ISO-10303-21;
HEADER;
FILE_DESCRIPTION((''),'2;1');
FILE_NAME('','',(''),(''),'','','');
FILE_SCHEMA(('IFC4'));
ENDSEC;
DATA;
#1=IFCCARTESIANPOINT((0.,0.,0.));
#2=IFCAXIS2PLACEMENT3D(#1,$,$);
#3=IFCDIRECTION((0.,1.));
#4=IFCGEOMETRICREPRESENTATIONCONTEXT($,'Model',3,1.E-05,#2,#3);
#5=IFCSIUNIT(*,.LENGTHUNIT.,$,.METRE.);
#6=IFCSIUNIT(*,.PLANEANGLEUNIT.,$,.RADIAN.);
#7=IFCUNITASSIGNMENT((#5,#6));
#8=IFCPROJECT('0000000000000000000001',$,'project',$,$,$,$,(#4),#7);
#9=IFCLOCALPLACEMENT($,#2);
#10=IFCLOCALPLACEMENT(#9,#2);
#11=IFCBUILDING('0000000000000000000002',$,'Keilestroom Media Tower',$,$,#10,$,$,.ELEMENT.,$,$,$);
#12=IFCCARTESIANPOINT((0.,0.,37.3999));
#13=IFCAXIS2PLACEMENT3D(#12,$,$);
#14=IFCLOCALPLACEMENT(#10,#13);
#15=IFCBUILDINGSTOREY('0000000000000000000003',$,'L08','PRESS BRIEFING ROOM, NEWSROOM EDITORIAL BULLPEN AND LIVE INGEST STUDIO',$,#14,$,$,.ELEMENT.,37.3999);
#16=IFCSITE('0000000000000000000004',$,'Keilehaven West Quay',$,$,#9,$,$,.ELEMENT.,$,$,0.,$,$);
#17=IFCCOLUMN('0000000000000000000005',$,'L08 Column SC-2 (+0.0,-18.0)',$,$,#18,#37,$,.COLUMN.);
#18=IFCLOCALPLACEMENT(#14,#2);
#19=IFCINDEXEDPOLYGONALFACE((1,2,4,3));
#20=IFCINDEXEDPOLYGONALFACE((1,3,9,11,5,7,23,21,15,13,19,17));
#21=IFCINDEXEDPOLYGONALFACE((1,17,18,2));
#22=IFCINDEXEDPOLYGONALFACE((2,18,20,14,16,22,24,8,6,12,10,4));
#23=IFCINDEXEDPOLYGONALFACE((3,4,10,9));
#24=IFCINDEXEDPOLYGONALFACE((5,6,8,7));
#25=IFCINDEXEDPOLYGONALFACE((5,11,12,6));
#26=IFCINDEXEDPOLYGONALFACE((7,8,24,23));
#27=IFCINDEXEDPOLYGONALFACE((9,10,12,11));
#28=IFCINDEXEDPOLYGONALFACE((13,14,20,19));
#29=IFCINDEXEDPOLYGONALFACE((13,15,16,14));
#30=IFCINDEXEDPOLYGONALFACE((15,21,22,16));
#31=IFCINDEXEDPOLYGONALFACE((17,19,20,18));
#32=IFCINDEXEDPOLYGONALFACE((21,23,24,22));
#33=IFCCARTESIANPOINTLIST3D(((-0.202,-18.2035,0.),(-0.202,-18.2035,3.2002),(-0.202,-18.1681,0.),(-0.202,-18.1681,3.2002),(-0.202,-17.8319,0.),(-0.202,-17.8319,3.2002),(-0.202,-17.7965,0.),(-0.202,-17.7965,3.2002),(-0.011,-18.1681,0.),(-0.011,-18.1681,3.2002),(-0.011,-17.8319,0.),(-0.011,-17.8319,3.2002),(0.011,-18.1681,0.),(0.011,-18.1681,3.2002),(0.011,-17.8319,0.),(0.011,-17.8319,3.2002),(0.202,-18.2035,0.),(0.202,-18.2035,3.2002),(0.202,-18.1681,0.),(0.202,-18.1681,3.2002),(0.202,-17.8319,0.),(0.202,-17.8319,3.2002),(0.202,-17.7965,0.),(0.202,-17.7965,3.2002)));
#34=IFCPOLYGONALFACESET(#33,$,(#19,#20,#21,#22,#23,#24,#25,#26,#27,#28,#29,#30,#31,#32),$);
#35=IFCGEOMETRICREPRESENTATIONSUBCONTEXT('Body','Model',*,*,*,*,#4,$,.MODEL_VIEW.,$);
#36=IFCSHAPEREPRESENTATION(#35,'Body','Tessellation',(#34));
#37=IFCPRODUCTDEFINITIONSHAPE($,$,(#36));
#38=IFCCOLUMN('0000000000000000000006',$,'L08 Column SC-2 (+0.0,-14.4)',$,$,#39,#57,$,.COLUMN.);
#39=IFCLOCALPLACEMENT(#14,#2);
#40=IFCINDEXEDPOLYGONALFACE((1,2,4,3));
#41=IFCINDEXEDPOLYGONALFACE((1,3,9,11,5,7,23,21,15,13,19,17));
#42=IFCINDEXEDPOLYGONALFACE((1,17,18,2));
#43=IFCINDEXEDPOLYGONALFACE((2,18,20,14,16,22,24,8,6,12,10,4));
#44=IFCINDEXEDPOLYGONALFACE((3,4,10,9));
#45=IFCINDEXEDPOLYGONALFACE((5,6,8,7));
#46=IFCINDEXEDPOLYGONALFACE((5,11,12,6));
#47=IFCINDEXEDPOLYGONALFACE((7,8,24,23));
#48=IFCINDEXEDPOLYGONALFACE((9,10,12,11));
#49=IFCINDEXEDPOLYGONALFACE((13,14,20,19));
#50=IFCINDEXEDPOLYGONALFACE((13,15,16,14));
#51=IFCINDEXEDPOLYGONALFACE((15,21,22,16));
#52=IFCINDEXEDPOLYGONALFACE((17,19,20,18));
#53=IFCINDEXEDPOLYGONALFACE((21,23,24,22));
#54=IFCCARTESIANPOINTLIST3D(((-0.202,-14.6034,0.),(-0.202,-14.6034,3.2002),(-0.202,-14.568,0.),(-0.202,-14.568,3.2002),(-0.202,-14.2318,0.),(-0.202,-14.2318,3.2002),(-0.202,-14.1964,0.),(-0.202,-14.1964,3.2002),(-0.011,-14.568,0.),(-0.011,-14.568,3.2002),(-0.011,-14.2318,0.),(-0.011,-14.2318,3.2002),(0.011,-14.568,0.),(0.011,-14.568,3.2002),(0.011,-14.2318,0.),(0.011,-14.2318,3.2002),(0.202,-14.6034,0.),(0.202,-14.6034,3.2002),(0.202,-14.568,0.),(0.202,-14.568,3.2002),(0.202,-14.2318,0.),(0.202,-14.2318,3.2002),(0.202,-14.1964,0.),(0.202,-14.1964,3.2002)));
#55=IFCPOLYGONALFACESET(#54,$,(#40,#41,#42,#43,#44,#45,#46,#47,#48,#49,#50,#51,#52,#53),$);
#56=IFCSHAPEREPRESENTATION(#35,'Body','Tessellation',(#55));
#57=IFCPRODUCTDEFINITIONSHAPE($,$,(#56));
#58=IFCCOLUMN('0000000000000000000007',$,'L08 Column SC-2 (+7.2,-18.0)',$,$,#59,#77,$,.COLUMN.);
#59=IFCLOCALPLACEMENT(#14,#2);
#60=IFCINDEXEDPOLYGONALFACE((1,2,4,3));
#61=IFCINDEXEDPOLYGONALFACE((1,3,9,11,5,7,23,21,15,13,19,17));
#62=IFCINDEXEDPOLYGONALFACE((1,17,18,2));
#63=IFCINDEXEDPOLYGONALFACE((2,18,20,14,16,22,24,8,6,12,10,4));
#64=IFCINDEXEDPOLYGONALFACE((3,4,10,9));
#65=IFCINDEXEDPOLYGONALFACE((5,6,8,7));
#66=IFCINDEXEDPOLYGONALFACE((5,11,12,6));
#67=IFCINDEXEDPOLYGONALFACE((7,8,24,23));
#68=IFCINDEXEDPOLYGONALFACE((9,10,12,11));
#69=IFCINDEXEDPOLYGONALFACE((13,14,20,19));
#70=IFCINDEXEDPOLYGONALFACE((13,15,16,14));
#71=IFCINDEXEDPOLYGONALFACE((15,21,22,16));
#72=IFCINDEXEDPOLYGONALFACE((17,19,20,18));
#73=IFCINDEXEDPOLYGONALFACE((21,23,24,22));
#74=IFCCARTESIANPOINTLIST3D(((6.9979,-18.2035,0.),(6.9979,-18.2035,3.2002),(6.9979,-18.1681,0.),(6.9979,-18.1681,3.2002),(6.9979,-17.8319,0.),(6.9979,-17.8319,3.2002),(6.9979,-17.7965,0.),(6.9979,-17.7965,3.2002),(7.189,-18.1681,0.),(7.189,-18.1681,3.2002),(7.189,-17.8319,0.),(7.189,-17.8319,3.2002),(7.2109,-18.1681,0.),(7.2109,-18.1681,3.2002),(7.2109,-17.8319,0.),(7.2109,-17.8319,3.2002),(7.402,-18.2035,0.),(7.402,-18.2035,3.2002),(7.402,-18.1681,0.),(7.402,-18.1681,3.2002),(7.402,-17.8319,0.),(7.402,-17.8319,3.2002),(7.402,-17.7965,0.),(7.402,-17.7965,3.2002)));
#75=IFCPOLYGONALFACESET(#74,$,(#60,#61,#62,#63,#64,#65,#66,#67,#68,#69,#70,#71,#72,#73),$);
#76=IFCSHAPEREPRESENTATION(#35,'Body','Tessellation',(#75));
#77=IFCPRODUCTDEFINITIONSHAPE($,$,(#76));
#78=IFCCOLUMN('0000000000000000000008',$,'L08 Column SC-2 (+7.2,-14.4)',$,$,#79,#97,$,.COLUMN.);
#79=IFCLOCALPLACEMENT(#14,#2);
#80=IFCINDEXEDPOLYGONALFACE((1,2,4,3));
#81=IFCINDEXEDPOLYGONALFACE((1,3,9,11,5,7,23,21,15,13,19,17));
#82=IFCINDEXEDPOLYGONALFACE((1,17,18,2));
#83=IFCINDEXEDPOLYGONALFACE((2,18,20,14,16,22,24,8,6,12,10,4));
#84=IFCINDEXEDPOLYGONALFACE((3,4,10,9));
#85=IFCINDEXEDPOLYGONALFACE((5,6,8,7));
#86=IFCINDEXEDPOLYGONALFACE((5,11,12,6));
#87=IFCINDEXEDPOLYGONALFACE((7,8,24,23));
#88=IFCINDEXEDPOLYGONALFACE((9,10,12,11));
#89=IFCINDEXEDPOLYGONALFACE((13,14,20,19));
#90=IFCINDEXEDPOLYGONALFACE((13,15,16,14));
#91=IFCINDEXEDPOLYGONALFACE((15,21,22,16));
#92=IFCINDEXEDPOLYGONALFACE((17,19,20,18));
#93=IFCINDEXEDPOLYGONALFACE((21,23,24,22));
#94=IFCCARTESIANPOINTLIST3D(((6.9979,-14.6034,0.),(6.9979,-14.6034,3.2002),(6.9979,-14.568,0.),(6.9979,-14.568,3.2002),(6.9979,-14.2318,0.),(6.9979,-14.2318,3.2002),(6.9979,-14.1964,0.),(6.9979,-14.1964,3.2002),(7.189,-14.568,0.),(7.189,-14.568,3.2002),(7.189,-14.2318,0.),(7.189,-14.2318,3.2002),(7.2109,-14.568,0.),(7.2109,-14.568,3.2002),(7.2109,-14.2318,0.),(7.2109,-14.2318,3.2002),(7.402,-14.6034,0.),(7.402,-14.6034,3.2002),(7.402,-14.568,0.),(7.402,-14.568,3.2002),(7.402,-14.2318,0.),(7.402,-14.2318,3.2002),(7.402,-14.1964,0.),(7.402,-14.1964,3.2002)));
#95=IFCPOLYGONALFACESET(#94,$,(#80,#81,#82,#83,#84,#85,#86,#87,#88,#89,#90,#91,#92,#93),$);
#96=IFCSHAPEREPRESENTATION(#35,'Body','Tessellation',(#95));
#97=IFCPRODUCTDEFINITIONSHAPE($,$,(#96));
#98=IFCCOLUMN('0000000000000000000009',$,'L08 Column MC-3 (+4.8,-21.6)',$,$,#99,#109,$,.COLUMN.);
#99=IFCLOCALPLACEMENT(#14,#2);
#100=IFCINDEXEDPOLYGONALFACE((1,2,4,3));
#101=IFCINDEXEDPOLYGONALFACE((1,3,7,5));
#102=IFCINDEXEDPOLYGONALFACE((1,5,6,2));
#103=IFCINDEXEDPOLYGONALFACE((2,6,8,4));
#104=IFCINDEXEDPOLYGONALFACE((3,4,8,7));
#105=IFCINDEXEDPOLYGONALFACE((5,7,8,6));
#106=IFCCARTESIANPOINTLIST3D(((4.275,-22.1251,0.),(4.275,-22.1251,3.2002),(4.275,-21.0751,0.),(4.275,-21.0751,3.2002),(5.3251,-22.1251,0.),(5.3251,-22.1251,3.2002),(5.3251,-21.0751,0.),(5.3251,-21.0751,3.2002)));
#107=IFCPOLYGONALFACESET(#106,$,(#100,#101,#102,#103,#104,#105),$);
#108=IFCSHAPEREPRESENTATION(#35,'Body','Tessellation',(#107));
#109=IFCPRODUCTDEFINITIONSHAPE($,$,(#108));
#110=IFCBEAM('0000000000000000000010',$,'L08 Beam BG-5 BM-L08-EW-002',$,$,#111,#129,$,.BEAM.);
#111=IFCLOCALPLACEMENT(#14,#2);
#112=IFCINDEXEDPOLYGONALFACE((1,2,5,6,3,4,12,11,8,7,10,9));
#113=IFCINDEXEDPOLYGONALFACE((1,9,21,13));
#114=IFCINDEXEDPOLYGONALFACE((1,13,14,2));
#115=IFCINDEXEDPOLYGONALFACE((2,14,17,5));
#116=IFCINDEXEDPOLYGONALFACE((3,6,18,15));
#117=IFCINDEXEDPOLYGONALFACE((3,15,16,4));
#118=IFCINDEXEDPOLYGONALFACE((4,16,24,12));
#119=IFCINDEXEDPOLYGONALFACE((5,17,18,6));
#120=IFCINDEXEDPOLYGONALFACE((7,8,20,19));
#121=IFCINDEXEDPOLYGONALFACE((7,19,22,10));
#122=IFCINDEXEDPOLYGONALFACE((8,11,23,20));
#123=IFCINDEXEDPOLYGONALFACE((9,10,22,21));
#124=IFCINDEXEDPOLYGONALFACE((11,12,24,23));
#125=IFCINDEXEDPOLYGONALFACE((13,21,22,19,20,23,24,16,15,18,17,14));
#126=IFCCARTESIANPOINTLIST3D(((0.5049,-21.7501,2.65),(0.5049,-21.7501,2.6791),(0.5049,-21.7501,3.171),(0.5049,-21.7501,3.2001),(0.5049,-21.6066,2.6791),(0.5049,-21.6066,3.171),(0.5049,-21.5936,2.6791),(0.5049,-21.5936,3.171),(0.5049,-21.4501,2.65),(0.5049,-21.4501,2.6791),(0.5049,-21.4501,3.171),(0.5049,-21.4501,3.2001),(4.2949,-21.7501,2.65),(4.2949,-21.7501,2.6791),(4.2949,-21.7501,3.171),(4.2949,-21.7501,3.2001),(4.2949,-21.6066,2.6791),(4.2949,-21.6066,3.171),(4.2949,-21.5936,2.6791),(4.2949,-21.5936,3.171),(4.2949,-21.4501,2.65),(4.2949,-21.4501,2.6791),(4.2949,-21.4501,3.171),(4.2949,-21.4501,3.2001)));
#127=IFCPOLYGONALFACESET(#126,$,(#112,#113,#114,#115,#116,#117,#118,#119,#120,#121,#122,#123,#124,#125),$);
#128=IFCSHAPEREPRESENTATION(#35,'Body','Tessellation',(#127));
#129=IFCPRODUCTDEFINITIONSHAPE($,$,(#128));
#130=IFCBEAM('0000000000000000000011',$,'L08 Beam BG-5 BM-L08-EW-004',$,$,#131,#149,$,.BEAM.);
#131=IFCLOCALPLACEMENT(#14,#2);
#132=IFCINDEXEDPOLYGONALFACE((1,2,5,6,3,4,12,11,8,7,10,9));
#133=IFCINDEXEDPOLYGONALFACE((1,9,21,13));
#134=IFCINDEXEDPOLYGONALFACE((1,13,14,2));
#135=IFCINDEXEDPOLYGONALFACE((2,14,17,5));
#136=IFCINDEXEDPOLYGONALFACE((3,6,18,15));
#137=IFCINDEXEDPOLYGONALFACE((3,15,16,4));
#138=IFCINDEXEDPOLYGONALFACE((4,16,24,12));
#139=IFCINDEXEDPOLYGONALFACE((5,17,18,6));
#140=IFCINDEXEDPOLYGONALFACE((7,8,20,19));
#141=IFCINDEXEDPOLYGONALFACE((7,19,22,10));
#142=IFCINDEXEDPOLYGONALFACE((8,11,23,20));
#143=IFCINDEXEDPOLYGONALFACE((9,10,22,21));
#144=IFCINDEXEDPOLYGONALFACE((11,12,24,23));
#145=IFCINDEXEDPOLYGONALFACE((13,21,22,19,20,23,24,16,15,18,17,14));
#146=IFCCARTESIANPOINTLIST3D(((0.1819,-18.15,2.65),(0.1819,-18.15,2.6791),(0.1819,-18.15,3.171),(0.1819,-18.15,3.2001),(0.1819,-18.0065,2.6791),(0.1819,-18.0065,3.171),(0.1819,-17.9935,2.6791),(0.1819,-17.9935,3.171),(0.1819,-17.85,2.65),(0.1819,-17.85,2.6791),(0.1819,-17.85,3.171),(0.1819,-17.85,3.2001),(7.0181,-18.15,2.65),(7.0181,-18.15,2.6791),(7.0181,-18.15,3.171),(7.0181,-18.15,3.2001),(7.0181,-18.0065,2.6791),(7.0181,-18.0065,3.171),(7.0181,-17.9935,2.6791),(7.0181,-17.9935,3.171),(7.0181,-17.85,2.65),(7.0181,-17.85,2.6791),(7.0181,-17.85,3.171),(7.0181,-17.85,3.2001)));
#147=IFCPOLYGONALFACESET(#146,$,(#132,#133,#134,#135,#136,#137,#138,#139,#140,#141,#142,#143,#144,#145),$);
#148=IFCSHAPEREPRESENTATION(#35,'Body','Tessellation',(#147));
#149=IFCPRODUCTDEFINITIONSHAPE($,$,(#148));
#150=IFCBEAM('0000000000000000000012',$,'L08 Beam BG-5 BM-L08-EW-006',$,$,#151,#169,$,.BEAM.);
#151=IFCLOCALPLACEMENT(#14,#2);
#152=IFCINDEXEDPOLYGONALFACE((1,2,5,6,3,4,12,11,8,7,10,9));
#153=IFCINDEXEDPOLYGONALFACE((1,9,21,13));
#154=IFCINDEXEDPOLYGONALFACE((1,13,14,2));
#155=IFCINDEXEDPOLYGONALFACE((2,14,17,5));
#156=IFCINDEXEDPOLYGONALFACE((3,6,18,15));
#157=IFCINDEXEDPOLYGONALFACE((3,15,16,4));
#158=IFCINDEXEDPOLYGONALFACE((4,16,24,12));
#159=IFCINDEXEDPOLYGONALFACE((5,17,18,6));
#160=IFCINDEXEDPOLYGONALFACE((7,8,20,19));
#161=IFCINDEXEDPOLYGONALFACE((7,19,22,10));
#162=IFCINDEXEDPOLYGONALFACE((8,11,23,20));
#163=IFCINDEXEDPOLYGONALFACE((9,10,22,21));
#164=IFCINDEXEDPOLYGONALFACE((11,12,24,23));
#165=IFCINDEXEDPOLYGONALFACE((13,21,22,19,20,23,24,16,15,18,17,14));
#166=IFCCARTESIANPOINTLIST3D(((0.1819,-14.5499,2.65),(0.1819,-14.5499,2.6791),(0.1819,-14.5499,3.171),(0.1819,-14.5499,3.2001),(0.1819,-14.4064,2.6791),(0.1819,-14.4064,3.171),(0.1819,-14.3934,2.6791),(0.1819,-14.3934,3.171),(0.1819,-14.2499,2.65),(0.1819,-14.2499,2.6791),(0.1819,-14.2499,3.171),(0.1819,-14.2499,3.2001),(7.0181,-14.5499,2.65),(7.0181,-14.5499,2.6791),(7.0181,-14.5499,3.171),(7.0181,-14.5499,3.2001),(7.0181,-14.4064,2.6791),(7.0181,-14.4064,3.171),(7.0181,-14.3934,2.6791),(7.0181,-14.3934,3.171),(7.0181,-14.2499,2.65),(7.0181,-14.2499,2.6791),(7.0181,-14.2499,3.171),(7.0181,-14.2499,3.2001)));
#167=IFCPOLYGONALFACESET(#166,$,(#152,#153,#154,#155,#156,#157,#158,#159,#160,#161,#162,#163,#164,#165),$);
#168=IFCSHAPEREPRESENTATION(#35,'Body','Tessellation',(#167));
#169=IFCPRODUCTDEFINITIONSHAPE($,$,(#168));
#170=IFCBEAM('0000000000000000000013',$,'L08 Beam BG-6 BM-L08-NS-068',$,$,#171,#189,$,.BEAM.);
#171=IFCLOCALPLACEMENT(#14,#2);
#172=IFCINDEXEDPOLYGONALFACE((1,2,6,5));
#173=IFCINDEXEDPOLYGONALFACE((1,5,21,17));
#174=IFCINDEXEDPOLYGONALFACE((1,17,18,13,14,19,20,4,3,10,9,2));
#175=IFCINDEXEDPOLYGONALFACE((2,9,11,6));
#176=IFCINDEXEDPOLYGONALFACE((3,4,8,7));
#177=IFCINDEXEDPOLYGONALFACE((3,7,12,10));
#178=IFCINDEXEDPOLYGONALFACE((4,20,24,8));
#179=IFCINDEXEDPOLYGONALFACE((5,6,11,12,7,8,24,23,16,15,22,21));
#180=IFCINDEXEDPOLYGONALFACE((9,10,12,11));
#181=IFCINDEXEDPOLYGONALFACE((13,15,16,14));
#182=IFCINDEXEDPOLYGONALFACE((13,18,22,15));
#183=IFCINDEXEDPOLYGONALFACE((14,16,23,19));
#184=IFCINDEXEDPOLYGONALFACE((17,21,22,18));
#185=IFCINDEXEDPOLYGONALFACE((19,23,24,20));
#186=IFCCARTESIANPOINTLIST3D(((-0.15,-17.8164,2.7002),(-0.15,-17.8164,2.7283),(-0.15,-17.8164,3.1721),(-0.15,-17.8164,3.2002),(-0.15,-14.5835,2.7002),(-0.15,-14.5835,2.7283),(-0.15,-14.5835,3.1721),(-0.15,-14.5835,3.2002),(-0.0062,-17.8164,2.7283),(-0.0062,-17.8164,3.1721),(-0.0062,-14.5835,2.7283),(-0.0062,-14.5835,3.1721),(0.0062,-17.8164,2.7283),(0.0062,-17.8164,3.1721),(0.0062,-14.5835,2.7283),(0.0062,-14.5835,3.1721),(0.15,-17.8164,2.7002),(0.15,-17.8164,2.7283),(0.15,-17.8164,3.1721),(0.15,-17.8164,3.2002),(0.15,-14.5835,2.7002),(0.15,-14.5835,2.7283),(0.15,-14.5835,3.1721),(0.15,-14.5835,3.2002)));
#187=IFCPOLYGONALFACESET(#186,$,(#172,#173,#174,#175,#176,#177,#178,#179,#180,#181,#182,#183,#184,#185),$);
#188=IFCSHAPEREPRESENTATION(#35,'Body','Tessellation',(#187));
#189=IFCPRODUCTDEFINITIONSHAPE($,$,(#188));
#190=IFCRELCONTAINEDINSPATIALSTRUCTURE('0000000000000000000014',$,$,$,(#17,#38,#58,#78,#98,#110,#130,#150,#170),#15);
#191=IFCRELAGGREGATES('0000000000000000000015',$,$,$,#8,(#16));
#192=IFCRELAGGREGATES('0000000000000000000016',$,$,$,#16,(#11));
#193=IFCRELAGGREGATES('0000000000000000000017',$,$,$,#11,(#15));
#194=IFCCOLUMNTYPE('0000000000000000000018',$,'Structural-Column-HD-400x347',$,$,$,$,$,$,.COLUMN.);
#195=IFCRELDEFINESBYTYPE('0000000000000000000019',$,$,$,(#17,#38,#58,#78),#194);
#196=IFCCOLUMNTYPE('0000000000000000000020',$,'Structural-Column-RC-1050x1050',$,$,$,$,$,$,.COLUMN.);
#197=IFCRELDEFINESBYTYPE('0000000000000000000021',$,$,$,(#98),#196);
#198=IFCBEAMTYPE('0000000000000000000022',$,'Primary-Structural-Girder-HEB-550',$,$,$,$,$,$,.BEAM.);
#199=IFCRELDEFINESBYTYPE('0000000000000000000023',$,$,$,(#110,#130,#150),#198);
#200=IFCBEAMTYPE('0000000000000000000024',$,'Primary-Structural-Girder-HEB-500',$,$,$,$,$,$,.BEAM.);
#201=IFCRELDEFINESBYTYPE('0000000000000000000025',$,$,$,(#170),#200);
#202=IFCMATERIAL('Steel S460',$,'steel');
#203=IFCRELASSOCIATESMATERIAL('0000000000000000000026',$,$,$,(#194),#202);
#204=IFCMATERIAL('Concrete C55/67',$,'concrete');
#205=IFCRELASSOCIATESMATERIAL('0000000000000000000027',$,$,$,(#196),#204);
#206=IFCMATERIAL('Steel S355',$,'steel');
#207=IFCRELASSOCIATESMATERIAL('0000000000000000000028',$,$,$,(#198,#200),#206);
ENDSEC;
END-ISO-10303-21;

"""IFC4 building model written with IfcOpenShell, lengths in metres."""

from ifc_helpers import new_model, si_unit, direction, frame, origin, origin_2d, place, context, subcontext, project, spatial, rectangle, i_section, extrude, source, transform, mapped, material, material_profile, profile_set, type_object, element, save


model = new_model("IFC4")

# Units and contexts
model_context = context("Model", 3, precision=1e-05, world=origin(), true_north=direction((0.0, 1.0)))
body_context = subcontext(model_context, "Body", "Model", "MODEL_VIEW")
ifc_project = project(units=[si_unit("LENGTHUNIT", "METRE"), si_unit("PLANEANGLEUNIT", "RADIAN")], contexts=[model_context])

# Site, building, storey
site_placement = place(None, origin())
site = spatial("IfcSite", under=ifc_project, at=site_placement, Name="Keilehaven West Quay", CompositionType="ELEMENT", RefElevation=0.0)
building_placement = place(site_placement, origin())
building = spatial("IfcBuilding", under=site, at=building_placement, Name="Keilestroom Media Tower", CompositionType="ELEMENT")
storey_placement = place(building_placement, frame((0.0, 0.0, 37.3999)))
storey = spatial("IfcBuildingStorey", under=building, at=storey_placement, Name="L08", Description="PRESS BRIEFING ROOM, NEWSROOM EDITORIAL BULLPEN AND LIVE INGEST STUDIO", CompositionType="ELEMENT", Elevation=37.3999)

# Columns
ifc_material_1 = material(Name="Steel S460", Category="steel")
ifc_material_profile_1 = material_profile(ifc_material_1, i_section(OverallWidth=0.4041, OverallDepth=0.407, WebThickness=0.022, FlangeThickness=0.0354, at=origin_2d()), Name="HD 400x347")
ifc_profile_set_1 = profile_set([ifc_material_profile_1], Name="Steel S460")
column_type_1 = type_object("IfcColumnType", Name="Structural-Column-HD-400x347", PredefinedType="COLUMN", material=ifc_profile_set_1)
shared_shape_1 = source(origin(), body_context, "Body", "SweptSolid", [
    extrude(i_section(OverallWidth=0.4041, OverallDepth=0.407, WebThickness=0.022, FlangeThickness=0.0354, at=origin_2d()), origin(), (0.0, 0.0, 1.0), 3.2002),
])
for number, where, z_axis, x_axis, name in (
    (1, (0.0, -18.0, 0.0), (0.0, 0.0, 1.0), (1.0, 0.0, 0.0), "L08 Column SC-2 (+0.0,-18.0)"),
    (2, (0.0, -14.3999, 0.0), (0.0, 0.0, 1.0), (1.0, 0.0, 0.0), "L08 Column SC-2 (+0.0,-14.4)"),
    (3, (7.2, -18.0, 0.0), (0.0, 0.0, 1.0), (1.0, 0.0, 0.0), "L08 Column SC-2 (+7.2,-18.0)"),
    (4, (7.2, -14.3999, 0.0), (0.0, 0.0, 1.0), (1.0, 0.0, 0.0), "L08 Column SC-2 (+7.2,-14.4)"),
):
    element("IfcColumn", number, at=place(storey_placement, frame(where, z_axis=z_axis, x_axis=x_axis)), inside=storey, type_object=column_type_1, Name=name, PredefinedType="COLUMN", context=body_context, shape_type="MappedRepresentation", body=[
        mapped(shared_shape_1, transform((0.0, 0.0, 0.0), x_axis=(1.0, 0.0, 0.0), y_axis=(0.0, 1.0, 0.0), z_axis=(0.0, 0.0, 1.0), scale=1.0)),
    ])
ifc_material_2 = material(Name="Concrete C55/67", Category="concrete")
ifc_material_profile_2 = material_profile(ifc_material_2, rectangle(XDim=1.05, YDim=1.05, at=origin_2d()), Name="RC 1050x1050")
ifc_profile_set_2 = profile_set([ifc_material_profile_2], Name="Concrete C55/67")
column_type_2 = type_object("IfcColumnType", Name="Structural-Column-RC-1050x1050", PredefinedType="COLUMN", material=ifc_profile_set_2)
shared_shape_2 = source(origin(), body_context, "Body", "SweptSolid", [
    extrude(rectangle(XDim=1.05, YDim=1.05, at=origin_2d()), origin(), (0.0, 0.0, 1.0), 3.2002),
])
column_placement = place(storey_placement, frame((4.8, -21.6001, 0.0), z_axis=(0.0, 0.0, 1.0), x_axis=(1.0, 0.0, 0.0)))
element("IfcColumn", 5, at=column_placement, inside=storey, type_object=column_type_2, Name="L08 Column MC-3 (+4.8,-21.6)", PredefinedType="COLUMN", context=body_context, shape_type="MappedRepresentation", body=[
    mapped(shared_shape_2, transform((0.0, 0.0, 0.0), x_axis=(1.0, 0.0, 0.0), y_axis=(0.0, 1.0, 0.0), z_axis=(0.0, 0.0, 1.0), scale=1.0)),
])

# Beams
ifc_material_3 = material(Name="Steel S355", Category="steel")
ifc_material_profile_3 = material_profile(ifc_material_3, i_section(OverallWidth=0.3, OverallDepth=0.55, WebThickness=0.0129, FlangeThickness=0.0291, at=origin_2d()), Name="HEB 550")
ifc_profile_set_3 = profile_set([ifc_material_profile_3], Name="Steel S355")
beam_type_1 = type_object("IfcBeamType", Name="Primary-Structural-Girder-HEB-550", PredefinedType="BEAM", material=ifc_profile_set_3)
shared_shape_3 = source(origin(), body_context, "Body", "SweptSolid", [
    extrude(i_section(OverallWidth=0.3, OverallDepth=0.55, WebThickness=0.0129, FlangeThickness=0.0291, at=origin_2d()), origin(), (0.0, 0.0, 1.0), 3.79),
])
beam_1_placement = place(storey_placement, frame((0.5049, -21.6001, 2.925), z_axis=(1.0, 0.0, 0.0), x_axis=(0.0, 1.0, 0.0)))
element("IfcBeam", 6, at=beam_1_placement, inside=storey, type_object=beam_type_1, Name="L08 Beam BG-5 BM-L08-EW-002", PredefinedType="BEAM", context=body_context, shape_type="MappedRepresentation", body=[
    mapped(shared_shape_3, transform((0.0, 0.0, 0.0), x_axis=(1.0, 0.0, 0.0), y_axis=(0.0, 1.0, 0.0), z_axis=(0.0, 0.0, 1.0), scale=1.0)),
])
shared_shape_4 = source(origin(), body_context, "Body", "SweptSolid", [
    extrude(i_section(OverallWidth=0.3, OverallDepth=0.55, WebThickness=0.0129, FlangeThickness=0.0291, at=origin_2d()), origin(), (0.0, 0.0, 1.0), 6.8362),
])
for number, where, z_axis, x_axis, name in (
    (7, (0.1819, -18.0, 2.925), (1.0, 0.0, 0.0), (0.0, 1.0, 0.0), "L08 Beam BG-5 BM-L08-EW-004"),
    (8, (0.1819, -14.3999, 2.925), (1.0, 0.0, 0.0), (0.0, 1.0, 0.0), "L08 Beam BG-5 BM-L08-EW-006"),
):
    element("IfcBeam", number, at=place(storey_placement, frame(where, z_axis=z_axis, x_axis=x_axis)), inside=storey, type_object=beam_type_1, Name=name, PredefinedType="BEAM", context=body_context, shape_type="MappedRepresentation", body=[
        mapped(shared_shape_4, transform((0.0, 0.0, 0.0), x_axis=(1.0, 0.0, 0.0), y_axis=(0.0, 1.0, 0.0), z_axis=(0.0, 0.0, 1.0), scale=1.0)),
    ])
ifc_material_profile_4 = material_profile(ifc_material_3, i_section(OverallWidth=0.3, OverallDepth=0.5, WebThickness=0.0125, FlangeThickness=0.0281, at=origin_2d()), Name="HEB 500")
ifc_profile_set_4 = profile_set([ifc_material_profile_4], Name="Steel S355")
beam_type_2 = type_object("IfcBeamType", Name="Primary-Structural-Girder-HEB-500", PredefinedType="BEAM", material=ifc_profile_set_4)
shared_shape_5 = source(origin(), body_context, "Body", "SweptSolid", [
    extrude(i_section(OverallWidth=0.3, OverallDepth=0.5, WebThickness=0.0125, FlangeThickness=0.0281, at=origin_2d()), origin(), (0.0, 0.0, 1.0), 3.2329),
])
for number, where, z_axis, x_axis, name in (
    (9, (0.0, -17.8164, 2.9502), (0.0, 1.0, 0.0), (-1.0, 0.0, 0.0), "L08 Beam BG-6 BM-L08-NS-068"),
):
    element("IfcBeam", number, at=place(storey_placement, frame(where, z_axis=z_axis, x_axis=x_axis)), inside=storey, type_object=beam_type_2, Name=name, PredefinedType="BEAM", context=body_context, shape_type="MappedRepresentation", body=[
        mapped(shared_shape_5, transform((0.0, 0.0, 0.0), x_axis=(1.0, 0.0, 0.0), y_axis=(0.0, 1.0, 0.0), z_axis=(0.0, 0.0, 1.0), scale=1.0)),
    ])

save(model, "model.ifc")
